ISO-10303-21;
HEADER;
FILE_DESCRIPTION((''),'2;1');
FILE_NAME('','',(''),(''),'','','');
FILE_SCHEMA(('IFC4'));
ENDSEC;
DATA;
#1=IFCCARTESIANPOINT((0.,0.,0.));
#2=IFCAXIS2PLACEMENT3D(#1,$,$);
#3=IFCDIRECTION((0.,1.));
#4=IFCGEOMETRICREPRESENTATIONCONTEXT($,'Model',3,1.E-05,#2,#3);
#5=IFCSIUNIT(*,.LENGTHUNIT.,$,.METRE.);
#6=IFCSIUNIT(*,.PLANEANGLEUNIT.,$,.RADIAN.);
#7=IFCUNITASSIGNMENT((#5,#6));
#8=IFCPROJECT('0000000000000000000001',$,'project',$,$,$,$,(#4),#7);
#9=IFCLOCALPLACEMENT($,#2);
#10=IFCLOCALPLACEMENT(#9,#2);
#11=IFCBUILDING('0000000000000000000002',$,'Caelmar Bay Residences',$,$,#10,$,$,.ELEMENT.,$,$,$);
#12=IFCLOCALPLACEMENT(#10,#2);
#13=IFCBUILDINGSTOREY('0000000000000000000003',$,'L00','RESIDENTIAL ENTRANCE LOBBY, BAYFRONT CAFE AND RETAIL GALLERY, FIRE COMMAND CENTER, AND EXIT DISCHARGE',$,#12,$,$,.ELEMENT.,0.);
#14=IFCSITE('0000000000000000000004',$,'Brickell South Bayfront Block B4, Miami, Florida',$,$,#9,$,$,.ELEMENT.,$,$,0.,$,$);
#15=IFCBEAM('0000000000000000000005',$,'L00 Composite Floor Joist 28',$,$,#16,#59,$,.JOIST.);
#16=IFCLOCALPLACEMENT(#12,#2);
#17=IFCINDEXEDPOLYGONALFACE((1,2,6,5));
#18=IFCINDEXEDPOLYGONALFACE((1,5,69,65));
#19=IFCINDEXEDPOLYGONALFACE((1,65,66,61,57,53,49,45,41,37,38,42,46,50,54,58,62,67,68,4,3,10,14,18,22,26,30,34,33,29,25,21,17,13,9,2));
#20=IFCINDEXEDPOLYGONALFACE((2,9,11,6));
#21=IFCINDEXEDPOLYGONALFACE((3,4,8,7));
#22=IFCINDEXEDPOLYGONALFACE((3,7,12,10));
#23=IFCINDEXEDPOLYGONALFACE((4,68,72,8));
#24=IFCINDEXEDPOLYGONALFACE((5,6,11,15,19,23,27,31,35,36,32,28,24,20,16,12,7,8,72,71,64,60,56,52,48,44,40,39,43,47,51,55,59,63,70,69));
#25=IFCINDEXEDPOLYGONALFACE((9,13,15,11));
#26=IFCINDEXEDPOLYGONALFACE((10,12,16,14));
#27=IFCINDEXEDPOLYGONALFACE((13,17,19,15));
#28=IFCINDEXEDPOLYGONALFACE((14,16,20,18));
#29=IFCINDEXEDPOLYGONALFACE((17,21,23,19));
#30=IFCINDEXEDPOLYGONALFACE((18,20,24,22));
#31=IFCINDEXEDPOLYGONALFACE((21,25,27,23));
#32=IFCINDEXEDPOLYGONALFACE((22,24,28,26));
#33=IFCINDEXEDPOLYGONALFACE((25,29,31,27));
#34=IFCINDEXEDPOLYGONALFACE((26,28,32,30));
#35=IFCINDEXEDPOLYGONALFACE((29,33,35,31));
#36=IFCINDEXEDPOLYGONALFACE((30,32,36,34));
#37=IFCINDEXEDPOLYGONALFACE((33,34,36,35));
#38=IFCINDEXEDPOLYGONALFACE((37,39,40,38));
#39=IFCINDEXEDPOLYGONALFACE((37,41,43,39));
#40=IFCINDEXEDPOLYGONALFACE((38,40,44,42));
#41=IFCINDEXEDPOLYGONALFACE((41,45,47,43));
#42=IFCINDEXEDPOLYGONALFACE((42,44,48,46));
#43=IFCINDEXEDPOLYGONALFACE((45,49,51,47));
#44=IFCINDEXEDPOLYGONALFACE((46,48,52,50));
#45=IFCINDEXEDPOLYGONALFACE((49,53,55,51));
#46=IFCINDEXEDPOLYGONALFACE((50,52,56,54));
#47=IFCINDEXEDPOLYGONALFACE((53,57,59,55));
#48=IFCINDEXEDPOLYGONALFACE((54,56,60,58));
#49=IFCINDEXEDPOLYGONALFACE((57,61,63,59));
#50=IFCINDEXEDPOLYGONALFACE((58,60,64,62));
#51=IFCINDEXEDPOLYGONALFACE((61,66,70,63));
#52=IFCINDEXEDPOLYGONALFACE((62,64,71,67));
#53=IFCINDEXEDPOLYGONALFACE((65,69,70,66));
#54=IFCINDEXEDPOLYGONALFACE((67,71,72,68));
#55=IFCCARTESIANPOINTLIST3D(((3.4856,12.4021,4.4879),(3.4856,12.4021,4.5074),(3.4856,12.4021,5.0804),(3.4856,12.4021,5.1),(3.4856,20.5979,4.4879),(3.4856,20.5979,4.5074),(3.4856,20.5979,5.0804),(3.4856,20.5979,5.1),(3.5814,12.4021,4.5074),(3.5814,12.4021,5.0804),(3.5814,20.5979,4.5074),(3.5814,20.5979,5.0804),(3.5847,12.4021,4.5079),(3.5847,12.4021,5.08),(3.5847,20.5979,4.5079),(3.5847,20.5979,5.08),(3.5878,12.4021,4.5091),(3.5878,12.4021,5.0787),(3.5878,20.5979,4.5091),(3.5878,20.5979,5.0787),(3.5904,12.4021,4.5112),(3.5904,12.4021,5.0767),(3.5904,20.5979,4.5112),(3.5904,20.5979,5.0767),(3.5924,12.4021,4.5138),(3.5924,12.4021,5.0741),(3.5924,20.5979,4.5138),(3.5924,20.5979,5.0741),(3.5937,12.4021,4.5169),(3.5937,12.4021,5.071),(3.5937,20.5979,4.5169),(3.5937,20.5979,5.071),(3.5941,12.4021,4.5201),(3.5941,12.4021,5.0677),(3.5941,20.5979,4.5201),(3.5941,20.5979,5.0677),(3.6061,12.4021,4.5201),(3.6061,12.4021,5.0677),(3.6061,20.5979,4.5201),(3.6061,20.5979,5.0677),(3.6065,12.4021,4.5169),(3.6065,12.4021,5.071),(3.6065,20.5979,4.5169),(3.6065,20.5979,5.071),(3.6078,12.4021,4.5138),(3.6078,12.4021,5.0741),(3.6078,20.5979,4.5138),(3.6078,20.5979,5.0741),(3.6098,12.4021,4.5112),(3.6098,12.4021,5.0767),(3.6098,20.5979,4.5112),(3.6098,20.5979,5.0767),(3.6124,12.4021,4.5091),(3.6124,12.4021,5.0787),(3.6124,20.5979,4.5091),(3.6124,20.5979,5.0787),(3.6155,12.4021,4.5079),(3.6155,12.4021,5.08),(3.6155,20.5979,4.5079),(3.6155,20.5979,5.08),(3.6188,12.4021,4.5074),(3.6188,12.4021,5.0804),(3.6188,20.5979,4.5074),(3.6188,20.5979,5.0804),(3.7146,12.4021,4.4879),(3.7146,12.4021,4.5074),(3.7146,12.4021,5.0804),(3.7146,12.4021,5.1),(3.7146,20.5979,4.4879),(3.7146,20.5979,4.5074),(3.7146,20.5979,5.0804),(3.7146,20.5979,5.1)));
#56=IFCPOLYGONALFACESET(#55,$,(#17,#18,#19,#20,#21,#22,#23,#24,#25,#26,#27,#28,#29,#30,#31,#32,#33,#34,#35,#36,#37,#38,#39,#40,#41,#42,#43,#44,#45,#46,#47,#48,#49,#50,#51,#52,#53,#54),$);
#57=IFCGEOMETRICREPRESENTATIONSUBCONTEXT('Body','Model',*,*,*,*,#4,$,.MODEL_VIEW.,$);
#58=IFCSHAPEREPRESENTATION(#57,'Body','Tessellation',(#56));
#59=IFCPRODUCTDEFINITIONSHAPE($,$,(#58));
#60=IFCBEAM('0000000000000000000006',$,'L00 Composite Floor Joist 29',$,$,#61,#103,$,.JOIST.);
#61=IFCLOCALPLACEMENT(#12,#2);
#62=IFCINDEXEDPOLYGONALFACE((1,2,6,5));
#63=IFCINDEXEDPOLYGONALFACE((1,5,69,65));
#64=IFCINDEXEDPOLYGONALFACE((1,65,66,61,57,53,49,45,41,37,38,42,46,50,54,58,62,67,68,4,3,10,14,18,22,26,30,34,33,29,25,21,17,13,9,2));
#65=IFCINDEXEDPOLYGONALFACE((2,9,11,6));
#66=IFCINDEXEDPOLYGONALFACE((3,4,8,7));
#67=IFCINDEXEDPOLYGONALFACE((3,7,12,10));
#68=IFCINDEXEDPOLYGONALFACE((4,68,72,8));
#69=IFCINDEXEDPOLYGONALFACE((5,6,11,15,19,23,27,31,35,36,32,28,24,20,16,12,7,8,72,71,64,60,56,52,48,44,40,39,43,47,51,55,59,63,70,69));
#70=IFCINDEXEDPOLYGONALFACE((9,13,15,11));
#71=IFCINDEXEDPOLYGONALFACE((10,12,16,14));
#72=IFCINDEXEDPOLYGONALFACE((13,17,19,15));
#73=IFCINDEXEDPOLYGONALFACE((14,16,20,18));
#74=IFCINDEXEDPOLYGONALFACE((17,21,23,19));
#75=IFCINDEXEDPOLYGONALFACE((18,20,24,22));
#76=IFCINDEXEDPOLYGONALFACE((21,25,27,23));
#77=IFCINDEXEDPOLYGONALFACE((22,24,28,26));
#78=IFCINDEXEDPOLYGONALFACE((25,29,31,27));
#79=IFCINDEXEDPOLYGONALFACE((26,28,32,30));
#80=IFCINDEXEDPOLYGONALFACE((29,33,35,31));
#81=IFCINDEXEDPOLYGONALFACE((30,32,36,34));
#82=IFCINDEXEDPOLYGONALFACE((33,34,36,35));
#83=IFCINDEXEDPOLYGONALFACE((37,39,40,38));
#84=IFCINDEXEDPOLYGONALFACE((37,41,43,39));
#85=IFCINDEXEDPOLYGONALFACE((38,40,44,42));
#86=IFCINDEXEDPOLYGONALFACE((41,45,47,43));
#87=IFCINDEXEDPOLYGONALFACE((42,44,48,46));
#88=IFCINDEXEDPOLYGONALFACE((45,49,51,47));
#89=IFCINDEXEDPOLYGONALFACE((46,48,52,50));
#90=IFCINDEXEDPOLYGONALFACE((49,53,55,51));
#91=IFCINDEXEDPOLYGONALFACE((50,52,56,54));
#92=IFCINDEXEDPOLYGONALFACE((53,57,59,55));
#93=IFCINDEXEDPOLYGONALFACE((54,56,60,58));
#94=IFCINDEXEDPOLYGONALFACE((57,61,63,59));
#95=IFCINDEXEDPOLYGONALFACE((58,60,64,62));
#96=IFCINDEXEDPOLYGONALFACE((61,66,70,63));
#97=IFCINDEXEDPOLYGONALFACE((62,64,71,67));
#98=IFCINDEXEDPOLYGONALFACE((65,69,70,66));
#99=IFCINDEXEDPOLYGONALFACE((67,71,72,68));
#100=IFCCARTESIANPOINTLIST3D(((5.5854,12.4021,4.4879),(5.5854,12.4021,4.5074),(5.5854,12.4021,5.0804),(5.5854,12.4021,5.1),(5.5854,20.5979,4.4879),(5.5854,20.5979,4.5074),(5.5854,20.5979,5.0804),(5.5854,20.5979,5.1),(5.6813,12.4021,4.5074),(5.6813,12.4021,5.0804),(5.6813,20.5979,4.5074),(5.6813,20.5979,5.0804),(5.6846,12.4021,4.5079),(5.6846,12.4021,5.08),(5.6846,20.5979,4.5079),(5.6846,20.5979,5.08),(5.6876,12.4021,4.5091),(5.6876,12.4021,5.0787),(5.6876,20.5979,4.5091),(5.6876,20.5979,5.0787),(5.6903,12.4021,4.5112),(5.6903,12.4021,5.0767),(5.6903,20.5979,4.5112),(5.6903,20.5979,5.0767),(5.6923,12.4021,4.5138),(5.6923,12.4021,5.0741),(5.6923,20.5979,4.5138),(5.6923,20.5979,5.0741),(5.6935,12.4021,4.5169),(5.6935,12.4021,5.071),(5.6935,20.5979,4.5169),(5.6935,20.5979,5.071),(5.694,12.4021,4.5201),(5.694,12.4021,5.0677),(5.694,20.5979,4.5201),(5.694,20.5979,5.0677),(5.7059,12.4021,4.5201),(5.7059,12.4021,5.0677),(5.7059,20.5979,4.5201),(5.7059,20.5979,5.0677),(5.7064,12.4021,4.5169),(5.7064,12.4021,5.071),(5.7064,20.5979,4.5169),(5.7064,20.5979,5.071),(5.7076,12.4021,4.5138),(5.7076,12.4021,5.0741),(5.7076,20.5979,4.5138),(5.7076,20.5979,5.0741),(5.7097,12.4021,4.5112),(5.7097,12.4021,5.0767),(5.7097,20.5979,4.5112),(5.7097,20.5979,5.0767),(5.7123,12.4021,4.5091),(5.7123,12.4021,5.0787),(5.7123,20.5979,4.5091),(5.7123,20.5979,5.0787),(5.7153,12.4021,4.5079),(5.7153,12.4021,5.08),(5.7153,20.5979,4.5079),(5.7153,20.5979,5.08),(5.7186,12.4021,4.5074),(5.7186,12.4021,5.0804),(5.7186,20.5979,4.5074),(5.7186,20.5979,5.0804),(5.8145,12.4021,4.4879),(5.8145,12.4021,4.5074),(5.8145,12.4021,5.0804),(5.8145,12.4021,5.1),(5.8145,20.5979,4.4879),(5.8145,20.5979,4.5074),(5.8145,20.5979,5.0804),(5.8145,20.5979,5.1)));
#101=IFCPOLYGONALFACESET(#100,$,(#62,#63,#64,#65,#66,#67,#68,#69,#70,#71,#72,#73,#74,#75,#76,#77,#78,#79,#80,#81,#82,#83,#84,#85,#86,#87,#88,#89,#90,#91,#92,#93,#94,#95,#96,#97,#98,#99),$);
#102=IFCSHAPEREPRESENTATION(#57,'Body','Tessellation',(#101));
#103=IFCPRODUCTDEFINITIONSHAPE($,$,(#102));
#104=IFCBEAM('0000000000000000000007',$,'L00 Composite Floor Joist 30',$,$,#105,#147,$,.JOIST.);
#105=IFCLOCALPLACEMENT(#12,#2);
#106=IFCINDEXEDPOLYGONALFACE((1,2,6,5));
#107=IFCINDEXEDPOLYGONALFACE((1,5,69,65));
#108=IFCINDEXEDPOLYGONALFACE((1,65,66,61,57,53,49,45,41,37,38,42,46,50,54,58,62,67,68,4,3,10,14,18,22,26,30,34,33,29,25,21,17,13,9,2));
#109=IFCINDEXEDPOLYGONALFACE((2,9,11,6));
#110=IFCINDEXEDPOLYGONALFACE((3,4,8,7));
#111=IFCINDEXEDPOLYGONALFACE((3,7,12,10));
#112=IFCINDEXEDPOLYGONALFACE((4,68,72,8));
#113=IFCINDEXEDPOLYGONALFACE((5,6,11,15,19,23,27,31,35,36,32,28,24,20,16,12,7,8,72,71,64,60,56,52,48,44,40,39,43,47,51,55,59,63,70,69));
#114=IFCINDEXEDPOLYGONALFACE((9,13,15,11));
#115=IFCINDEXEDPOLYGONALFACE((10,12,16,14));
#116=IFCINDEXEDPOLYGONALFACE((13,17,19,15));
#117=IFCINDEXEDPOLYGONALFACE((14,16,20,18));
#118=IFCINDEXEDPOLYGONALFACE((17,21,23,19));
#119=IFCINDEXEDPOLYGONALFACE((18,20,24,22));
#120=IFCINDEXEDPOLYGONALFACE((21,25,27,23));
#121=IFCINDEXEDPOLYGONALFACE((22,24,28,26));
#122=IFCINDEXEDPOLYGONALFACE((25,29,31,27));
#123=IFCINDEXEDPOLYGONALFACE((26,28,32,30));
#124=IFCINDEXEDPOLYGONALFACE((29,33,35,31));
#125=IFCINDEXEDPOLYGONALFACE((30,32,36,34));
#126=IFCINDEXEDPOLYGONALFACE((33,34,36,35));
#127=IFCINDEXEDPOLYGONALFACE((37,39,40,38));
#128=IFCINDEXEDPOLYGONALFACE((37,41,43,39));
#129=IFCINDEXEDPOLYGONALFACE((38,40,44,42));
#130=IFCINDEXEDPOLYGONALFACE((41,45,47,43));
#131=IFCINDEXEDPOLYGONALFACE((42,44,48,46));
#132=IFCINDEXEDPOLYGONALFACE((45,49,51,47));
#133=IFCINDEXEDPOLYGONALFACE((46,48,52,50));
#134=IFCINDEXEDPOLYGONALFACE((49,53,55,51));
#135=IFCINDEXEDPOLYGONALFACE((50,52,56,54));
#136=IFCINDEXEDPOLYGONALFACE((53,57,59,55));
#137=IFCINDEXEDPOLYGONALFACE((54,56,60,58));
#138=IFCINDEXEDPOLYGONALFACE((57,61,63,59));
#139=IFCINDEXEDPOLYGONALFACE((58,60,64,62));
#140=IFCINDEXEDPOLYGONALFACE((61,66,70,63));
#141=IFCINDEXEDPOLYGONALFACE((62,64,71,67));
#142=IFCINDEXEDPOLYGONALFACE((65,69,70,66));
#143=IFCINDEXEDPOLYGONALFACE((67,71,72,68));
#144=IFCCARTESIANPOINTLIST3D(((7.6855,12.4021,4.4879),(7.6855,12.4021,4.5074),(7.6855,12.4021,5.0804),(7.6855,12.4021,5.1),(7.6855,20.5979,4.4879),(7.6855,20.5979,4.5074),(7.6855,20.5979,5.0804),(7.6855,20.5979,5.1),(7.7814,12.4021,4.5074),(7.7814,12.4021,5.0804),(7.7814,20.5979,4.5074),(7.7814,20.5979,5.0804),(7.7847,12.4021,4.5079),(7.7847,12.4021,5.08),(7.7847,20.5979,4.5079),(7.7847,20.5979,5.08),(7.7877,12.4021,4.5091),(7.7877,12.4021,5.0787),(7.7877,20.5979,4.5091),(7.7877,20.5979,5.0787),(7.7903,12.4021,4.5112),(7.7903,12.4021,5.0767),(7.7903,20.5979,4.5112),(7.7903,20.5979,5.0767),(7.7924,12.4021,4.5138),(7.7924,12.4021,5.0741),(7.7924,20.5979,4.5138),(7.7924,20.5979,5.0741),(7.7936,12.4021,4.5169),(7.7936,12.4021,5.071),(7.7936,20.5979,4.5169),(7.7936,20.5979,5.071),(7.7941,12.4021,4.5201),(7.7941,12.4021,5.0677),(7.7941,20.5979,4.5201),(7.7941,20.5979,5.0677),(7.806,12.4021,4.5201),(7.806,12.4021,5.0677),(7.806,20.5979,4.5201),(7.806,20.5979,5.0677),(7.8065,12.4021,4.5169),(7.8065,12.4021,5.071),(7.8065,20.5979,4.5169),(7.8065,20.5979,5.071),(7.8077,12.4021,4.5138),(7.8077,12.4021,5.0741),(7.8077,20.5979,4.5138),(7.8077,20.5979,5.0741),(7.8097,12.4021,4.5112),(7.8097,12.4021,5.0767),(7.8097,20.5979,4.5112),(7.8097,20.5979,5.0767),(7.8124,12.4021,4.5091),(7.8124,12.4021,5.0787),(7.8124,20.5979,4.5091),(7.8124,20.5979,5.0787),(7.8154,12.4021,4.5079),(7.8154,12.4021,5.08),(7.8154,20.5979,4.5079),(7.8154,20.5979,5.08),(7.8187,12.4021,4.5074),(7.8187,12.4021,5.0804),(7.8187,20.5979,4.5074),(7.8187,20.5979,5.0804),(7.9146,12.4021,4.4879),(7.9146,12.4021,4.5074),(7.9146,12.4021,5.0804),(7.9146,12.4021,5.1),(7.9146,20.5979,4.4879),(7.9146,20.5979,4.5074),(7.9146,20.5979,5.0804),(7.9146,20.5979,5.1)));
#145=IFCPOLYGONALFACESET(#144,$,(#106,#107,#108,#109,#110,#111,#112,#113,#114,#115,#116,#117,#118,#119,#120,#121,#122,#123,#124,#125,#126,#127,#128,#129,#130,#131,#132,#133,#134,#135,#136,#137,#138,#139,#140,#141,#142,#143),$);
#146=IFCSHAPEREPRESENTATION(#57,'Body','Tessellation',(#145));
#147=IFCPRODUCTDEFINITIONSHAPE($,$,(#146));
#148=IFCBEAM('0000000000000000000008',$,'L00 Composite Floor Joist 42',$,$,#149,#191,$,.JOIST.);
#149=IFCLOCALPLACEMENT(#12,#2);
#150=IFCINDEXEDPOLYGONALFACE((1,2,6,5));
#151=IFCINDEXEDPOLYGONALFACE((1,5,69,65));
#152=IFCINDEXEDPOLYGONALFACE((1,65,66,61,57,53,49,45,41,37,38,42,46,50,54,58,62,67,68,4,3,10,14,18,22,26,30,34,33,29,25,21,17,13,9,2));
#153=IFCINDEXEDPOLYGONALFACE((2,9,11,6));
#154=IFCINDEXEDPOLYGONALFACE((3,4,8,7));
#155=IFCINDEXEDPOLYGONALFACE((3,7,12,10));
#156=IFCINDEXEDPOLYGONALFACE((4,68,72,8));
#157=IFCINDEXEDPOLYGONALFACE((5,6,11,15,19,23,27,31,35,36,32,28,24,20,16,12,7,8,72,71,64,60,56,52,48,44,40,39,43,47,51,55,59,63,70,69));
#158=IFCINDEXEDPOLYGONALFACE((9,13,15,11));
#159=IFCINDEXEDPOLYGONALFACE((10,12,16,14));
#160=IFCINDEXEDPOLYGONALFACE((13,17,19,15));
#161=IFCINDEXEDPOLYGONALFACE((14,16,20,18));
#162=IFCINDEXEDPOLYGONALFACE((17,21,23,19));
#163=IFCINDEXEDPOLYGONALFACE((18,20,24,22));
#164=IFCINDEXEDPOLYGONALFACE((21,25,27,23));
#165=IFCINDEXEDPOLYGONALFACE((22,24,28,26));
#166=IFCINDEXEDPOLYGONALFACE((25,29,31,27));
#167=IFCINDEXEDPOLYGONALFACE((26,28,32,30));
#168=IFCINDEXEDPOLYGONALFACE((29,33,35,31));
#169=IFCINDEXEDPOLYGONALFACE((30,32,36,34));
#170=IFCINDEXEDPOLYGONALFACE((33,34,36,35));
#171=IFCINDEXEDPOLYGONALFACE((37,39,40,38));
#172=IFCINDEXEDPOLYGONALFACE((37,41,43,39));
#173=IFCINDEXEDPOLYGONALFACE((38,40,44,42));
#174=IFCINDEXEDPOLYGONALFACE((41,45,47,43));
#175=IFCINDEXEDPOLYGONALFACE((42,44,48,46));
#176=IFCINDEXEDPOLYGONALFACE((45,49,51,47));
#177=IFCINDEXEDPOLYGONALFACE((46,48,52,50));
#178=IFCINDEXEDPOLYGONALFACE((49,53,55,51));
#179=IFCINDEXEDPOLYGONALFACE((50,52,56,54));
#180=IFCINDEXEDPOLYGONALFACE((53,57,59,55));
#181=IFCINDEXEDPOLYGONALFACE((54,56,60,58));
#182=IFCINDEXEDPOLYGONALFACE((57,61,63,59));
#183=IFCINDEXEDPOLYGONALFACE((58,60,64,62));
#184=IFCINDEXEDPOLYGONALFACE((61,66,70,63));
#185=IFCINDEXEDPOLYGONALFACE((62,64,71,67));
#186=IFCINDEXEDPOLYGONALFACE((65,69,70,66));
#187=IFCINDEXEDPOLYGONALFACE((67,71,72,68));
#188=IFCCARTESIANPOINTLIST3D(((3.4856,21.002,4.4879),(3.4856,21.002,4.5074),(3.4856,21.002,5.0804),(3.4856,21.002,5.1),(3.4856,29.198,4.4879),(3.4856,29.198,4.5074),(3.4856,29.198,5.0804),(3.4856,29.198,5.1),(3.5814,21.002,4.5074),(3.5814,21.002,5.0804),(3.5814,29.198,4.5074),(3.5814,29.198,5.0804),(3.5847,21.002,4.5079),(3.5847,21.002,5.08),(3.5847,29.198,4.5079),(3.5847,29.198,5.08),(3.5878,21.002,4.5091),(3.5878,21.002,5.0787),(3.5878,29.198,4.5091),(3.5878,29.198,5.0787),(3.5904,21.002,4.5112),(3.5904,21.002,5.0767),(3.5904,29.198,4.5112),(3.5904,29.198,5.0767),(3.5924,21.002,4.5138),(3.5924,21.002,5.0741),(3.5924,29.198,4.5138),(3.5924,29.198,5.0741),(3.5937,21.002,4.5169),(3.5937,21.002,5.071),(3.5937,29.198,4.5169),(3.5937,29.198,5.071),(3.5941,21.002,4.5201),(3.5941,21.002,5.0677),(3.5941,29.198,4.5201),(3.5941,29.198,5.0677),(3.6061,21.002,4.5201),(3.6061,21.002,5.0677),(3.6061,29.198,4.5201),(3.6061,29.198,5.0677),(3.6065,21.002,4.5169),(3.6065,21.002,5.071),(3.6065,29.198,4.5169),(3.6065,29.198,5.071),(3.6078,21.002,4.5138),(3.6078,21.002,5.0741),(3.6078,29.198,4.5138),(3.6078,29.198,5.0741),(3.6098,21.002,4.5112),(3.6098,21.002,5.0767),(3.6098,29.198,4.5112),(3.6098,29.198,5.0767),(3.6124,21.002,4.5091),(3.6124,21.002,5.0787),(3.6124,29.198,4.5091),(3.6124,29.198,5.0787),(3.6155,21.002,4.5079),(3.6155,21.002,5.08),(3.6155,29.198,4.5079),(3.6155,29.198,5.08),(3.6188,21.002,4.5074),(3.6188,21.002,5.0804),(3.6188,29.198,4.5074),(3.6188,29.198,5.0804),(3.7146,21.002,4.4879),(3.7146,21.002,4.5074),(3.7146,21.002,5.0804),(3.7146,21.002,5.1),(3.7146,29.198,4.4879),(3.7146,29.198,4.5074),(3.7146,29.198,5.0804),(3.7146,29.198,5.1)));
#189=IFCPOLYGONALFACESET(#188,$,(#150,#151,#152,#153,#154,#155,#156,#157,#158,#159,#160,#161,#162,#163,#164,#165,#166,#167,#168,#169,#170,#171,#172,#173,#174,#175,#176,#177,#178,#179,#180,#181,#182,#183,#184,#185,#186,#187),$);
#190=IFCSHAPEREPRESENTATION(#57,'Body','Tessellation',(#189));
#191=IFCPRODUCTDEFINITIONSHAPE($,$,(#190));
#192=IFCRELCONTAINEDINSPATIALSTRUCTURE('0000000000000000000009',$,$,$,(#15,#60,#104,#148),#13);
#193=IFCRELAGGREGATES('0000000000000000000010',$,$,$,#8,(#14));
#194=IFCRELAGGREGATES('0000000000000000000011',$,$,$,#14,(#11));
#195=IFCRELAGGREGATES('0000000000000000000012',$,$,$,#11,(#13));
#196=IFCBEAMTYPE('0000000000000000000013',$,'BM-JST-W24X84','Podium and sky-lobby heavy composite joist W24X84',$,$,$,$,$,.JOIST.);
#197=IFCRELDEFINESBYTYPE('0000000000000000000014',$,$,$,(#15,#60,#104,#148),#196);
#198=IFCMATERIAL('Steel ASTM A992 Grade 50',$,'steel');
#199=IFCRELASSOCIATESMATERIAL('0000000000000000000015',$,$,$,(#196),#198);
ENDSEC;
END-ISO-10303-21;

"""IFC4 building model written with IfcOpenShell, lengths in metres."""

from ifc_helpers import new_model, si_unit, direction, frame, origin, origin_2d, place, context, subcontext, project, spatial, i_section, extrude, material, material_profile, profile_set, type_object, element, save


model = new_model("IFC4")

# Units and contexts
model_context = context("Model", 3, precision=1e-05, world=origin(), true_north=direction((0.0, 1.0)))
body_context = subcontext(model_context, "Body", "Model", "MODEL_VIEW")
ifc_project = project(units=[si_unit("LENGTHUNIT", "METRE"), si_unit("PLANEANGLEUNIT", "RADIAN")], contexts=[model_context])

# Site, building, storey
site_placement = place(None, origin())
site = spatial("IfcSite", under=ifc_project, at=site_placement, Name="Brickell South Bayfront Block B4, Miami, Florida", CompositionType="ELEMENT", RefElevation=0.0)
building_placement = place(site_placement, origin())
building = spatial("IfcBuilding", under=site, at=building_placement, Name="Caelmar Bay Residences", CompositionType="ELEMENT")
storey_placement = place(building_placement, origin())
storey = spatial("IfcBuildingStorey", under=building, at=storey_placement, Name="L00", Description="RESIDENTIAL ENTRANCE LOBBY, BAYFRONT CAFE AND RETAIL GALLERY, FIRE COMMAND CENTER, AND EXIT DISCHARGE", CompositionType="ELEMENT", Elevation=0.0)

# Beams
ifc_material_1 = material(Name="Steel ASTM A992 Grade 50", Category="steel")
ifc_material_profile_1 = material_profile(ifc_material_1, i_section(OverallWidth=0.229, OverallDepth=0.6121, WebThickness=0.012, FlangeThickness=0.0195, FilletRadius=0.0127, at=origin_2d()), Name="W24X84")
ifc_profile_set_1 = profile_set([ifc_material_profile_1], Name="Steel ASTM A992 Grade 50")
beam_type_1 = type_object("IfcBeamType", Name="BM-JST-W24X84", Description="Podium and sky-lobby heavy composite joist W24X84", PredefinedType="JOIST", material=ifc_profile_set_1)
for number, where, z_axis, x_axis, name in (
    (1, (3.6001, 12.4021, 4.7939), (0.0, 1.0, 0.0), (-1.0, 0.0, 0.0), "L00 Composite Floor Joist 28"),
    (2, (5.7, 12.4021, 4.7939), (0.0, 1.0, 0.0), (-1.0, 0.0, 0.0), "L00 Composite Floor Joist 29"),
    (3, (7.8, 12.4021, 4.7939), (0.0, 1.0, 0.0), (-1.0, 0.0, 0.0), "L00 Composite Floor Joist 30"),
):
    element("IfcBeam", number, at=place(storey_placement, frame(where, z_axis=z_axis, x_axis=x_axis)), inside=storey, type_object=beam_type_1, Name=name, PredefinedType="JOIST", context=body_context, shape_type="SweptSolid", body=[
        extrude(i_section(OverallWidth=0.229, OverallDepth=0.6121, WebThickness=0.012, FlangeThickness=0.0195, FilletRadius=0.0127, at=origin_2d()), origin(), (0.0, 0.0, 1.0), 8.1958),
    ])
for number, where, z_axis, x_axis, name in (
    (4, (3.6001, 21.002, 4.7939), (0.0, 1.0, 0.0), (-1.0, 0.0, 0.0), "L00 Composite Floor Joist 42"),
):
    element("IfcBeam", number, at=place(storey_placement, frame(where, z_axis=z_axis, x_axis=x_axis)), inside=storey, type_object=beam_type_1, Name=name, PredefinedType="JOIST", context=body_context, shape_type="SweptSolid", body=[
        extrude(i_section(OverallWidth=0.229, OverallDepth=0.6121, WebThickness=0.012, FlangeThickness=0.0195, FilletRadius=0.0127, at=origin_2d()), origin(), (0.0, 0.0, 1.0), 8.196),
    ])

save(model, "model.ifc")
